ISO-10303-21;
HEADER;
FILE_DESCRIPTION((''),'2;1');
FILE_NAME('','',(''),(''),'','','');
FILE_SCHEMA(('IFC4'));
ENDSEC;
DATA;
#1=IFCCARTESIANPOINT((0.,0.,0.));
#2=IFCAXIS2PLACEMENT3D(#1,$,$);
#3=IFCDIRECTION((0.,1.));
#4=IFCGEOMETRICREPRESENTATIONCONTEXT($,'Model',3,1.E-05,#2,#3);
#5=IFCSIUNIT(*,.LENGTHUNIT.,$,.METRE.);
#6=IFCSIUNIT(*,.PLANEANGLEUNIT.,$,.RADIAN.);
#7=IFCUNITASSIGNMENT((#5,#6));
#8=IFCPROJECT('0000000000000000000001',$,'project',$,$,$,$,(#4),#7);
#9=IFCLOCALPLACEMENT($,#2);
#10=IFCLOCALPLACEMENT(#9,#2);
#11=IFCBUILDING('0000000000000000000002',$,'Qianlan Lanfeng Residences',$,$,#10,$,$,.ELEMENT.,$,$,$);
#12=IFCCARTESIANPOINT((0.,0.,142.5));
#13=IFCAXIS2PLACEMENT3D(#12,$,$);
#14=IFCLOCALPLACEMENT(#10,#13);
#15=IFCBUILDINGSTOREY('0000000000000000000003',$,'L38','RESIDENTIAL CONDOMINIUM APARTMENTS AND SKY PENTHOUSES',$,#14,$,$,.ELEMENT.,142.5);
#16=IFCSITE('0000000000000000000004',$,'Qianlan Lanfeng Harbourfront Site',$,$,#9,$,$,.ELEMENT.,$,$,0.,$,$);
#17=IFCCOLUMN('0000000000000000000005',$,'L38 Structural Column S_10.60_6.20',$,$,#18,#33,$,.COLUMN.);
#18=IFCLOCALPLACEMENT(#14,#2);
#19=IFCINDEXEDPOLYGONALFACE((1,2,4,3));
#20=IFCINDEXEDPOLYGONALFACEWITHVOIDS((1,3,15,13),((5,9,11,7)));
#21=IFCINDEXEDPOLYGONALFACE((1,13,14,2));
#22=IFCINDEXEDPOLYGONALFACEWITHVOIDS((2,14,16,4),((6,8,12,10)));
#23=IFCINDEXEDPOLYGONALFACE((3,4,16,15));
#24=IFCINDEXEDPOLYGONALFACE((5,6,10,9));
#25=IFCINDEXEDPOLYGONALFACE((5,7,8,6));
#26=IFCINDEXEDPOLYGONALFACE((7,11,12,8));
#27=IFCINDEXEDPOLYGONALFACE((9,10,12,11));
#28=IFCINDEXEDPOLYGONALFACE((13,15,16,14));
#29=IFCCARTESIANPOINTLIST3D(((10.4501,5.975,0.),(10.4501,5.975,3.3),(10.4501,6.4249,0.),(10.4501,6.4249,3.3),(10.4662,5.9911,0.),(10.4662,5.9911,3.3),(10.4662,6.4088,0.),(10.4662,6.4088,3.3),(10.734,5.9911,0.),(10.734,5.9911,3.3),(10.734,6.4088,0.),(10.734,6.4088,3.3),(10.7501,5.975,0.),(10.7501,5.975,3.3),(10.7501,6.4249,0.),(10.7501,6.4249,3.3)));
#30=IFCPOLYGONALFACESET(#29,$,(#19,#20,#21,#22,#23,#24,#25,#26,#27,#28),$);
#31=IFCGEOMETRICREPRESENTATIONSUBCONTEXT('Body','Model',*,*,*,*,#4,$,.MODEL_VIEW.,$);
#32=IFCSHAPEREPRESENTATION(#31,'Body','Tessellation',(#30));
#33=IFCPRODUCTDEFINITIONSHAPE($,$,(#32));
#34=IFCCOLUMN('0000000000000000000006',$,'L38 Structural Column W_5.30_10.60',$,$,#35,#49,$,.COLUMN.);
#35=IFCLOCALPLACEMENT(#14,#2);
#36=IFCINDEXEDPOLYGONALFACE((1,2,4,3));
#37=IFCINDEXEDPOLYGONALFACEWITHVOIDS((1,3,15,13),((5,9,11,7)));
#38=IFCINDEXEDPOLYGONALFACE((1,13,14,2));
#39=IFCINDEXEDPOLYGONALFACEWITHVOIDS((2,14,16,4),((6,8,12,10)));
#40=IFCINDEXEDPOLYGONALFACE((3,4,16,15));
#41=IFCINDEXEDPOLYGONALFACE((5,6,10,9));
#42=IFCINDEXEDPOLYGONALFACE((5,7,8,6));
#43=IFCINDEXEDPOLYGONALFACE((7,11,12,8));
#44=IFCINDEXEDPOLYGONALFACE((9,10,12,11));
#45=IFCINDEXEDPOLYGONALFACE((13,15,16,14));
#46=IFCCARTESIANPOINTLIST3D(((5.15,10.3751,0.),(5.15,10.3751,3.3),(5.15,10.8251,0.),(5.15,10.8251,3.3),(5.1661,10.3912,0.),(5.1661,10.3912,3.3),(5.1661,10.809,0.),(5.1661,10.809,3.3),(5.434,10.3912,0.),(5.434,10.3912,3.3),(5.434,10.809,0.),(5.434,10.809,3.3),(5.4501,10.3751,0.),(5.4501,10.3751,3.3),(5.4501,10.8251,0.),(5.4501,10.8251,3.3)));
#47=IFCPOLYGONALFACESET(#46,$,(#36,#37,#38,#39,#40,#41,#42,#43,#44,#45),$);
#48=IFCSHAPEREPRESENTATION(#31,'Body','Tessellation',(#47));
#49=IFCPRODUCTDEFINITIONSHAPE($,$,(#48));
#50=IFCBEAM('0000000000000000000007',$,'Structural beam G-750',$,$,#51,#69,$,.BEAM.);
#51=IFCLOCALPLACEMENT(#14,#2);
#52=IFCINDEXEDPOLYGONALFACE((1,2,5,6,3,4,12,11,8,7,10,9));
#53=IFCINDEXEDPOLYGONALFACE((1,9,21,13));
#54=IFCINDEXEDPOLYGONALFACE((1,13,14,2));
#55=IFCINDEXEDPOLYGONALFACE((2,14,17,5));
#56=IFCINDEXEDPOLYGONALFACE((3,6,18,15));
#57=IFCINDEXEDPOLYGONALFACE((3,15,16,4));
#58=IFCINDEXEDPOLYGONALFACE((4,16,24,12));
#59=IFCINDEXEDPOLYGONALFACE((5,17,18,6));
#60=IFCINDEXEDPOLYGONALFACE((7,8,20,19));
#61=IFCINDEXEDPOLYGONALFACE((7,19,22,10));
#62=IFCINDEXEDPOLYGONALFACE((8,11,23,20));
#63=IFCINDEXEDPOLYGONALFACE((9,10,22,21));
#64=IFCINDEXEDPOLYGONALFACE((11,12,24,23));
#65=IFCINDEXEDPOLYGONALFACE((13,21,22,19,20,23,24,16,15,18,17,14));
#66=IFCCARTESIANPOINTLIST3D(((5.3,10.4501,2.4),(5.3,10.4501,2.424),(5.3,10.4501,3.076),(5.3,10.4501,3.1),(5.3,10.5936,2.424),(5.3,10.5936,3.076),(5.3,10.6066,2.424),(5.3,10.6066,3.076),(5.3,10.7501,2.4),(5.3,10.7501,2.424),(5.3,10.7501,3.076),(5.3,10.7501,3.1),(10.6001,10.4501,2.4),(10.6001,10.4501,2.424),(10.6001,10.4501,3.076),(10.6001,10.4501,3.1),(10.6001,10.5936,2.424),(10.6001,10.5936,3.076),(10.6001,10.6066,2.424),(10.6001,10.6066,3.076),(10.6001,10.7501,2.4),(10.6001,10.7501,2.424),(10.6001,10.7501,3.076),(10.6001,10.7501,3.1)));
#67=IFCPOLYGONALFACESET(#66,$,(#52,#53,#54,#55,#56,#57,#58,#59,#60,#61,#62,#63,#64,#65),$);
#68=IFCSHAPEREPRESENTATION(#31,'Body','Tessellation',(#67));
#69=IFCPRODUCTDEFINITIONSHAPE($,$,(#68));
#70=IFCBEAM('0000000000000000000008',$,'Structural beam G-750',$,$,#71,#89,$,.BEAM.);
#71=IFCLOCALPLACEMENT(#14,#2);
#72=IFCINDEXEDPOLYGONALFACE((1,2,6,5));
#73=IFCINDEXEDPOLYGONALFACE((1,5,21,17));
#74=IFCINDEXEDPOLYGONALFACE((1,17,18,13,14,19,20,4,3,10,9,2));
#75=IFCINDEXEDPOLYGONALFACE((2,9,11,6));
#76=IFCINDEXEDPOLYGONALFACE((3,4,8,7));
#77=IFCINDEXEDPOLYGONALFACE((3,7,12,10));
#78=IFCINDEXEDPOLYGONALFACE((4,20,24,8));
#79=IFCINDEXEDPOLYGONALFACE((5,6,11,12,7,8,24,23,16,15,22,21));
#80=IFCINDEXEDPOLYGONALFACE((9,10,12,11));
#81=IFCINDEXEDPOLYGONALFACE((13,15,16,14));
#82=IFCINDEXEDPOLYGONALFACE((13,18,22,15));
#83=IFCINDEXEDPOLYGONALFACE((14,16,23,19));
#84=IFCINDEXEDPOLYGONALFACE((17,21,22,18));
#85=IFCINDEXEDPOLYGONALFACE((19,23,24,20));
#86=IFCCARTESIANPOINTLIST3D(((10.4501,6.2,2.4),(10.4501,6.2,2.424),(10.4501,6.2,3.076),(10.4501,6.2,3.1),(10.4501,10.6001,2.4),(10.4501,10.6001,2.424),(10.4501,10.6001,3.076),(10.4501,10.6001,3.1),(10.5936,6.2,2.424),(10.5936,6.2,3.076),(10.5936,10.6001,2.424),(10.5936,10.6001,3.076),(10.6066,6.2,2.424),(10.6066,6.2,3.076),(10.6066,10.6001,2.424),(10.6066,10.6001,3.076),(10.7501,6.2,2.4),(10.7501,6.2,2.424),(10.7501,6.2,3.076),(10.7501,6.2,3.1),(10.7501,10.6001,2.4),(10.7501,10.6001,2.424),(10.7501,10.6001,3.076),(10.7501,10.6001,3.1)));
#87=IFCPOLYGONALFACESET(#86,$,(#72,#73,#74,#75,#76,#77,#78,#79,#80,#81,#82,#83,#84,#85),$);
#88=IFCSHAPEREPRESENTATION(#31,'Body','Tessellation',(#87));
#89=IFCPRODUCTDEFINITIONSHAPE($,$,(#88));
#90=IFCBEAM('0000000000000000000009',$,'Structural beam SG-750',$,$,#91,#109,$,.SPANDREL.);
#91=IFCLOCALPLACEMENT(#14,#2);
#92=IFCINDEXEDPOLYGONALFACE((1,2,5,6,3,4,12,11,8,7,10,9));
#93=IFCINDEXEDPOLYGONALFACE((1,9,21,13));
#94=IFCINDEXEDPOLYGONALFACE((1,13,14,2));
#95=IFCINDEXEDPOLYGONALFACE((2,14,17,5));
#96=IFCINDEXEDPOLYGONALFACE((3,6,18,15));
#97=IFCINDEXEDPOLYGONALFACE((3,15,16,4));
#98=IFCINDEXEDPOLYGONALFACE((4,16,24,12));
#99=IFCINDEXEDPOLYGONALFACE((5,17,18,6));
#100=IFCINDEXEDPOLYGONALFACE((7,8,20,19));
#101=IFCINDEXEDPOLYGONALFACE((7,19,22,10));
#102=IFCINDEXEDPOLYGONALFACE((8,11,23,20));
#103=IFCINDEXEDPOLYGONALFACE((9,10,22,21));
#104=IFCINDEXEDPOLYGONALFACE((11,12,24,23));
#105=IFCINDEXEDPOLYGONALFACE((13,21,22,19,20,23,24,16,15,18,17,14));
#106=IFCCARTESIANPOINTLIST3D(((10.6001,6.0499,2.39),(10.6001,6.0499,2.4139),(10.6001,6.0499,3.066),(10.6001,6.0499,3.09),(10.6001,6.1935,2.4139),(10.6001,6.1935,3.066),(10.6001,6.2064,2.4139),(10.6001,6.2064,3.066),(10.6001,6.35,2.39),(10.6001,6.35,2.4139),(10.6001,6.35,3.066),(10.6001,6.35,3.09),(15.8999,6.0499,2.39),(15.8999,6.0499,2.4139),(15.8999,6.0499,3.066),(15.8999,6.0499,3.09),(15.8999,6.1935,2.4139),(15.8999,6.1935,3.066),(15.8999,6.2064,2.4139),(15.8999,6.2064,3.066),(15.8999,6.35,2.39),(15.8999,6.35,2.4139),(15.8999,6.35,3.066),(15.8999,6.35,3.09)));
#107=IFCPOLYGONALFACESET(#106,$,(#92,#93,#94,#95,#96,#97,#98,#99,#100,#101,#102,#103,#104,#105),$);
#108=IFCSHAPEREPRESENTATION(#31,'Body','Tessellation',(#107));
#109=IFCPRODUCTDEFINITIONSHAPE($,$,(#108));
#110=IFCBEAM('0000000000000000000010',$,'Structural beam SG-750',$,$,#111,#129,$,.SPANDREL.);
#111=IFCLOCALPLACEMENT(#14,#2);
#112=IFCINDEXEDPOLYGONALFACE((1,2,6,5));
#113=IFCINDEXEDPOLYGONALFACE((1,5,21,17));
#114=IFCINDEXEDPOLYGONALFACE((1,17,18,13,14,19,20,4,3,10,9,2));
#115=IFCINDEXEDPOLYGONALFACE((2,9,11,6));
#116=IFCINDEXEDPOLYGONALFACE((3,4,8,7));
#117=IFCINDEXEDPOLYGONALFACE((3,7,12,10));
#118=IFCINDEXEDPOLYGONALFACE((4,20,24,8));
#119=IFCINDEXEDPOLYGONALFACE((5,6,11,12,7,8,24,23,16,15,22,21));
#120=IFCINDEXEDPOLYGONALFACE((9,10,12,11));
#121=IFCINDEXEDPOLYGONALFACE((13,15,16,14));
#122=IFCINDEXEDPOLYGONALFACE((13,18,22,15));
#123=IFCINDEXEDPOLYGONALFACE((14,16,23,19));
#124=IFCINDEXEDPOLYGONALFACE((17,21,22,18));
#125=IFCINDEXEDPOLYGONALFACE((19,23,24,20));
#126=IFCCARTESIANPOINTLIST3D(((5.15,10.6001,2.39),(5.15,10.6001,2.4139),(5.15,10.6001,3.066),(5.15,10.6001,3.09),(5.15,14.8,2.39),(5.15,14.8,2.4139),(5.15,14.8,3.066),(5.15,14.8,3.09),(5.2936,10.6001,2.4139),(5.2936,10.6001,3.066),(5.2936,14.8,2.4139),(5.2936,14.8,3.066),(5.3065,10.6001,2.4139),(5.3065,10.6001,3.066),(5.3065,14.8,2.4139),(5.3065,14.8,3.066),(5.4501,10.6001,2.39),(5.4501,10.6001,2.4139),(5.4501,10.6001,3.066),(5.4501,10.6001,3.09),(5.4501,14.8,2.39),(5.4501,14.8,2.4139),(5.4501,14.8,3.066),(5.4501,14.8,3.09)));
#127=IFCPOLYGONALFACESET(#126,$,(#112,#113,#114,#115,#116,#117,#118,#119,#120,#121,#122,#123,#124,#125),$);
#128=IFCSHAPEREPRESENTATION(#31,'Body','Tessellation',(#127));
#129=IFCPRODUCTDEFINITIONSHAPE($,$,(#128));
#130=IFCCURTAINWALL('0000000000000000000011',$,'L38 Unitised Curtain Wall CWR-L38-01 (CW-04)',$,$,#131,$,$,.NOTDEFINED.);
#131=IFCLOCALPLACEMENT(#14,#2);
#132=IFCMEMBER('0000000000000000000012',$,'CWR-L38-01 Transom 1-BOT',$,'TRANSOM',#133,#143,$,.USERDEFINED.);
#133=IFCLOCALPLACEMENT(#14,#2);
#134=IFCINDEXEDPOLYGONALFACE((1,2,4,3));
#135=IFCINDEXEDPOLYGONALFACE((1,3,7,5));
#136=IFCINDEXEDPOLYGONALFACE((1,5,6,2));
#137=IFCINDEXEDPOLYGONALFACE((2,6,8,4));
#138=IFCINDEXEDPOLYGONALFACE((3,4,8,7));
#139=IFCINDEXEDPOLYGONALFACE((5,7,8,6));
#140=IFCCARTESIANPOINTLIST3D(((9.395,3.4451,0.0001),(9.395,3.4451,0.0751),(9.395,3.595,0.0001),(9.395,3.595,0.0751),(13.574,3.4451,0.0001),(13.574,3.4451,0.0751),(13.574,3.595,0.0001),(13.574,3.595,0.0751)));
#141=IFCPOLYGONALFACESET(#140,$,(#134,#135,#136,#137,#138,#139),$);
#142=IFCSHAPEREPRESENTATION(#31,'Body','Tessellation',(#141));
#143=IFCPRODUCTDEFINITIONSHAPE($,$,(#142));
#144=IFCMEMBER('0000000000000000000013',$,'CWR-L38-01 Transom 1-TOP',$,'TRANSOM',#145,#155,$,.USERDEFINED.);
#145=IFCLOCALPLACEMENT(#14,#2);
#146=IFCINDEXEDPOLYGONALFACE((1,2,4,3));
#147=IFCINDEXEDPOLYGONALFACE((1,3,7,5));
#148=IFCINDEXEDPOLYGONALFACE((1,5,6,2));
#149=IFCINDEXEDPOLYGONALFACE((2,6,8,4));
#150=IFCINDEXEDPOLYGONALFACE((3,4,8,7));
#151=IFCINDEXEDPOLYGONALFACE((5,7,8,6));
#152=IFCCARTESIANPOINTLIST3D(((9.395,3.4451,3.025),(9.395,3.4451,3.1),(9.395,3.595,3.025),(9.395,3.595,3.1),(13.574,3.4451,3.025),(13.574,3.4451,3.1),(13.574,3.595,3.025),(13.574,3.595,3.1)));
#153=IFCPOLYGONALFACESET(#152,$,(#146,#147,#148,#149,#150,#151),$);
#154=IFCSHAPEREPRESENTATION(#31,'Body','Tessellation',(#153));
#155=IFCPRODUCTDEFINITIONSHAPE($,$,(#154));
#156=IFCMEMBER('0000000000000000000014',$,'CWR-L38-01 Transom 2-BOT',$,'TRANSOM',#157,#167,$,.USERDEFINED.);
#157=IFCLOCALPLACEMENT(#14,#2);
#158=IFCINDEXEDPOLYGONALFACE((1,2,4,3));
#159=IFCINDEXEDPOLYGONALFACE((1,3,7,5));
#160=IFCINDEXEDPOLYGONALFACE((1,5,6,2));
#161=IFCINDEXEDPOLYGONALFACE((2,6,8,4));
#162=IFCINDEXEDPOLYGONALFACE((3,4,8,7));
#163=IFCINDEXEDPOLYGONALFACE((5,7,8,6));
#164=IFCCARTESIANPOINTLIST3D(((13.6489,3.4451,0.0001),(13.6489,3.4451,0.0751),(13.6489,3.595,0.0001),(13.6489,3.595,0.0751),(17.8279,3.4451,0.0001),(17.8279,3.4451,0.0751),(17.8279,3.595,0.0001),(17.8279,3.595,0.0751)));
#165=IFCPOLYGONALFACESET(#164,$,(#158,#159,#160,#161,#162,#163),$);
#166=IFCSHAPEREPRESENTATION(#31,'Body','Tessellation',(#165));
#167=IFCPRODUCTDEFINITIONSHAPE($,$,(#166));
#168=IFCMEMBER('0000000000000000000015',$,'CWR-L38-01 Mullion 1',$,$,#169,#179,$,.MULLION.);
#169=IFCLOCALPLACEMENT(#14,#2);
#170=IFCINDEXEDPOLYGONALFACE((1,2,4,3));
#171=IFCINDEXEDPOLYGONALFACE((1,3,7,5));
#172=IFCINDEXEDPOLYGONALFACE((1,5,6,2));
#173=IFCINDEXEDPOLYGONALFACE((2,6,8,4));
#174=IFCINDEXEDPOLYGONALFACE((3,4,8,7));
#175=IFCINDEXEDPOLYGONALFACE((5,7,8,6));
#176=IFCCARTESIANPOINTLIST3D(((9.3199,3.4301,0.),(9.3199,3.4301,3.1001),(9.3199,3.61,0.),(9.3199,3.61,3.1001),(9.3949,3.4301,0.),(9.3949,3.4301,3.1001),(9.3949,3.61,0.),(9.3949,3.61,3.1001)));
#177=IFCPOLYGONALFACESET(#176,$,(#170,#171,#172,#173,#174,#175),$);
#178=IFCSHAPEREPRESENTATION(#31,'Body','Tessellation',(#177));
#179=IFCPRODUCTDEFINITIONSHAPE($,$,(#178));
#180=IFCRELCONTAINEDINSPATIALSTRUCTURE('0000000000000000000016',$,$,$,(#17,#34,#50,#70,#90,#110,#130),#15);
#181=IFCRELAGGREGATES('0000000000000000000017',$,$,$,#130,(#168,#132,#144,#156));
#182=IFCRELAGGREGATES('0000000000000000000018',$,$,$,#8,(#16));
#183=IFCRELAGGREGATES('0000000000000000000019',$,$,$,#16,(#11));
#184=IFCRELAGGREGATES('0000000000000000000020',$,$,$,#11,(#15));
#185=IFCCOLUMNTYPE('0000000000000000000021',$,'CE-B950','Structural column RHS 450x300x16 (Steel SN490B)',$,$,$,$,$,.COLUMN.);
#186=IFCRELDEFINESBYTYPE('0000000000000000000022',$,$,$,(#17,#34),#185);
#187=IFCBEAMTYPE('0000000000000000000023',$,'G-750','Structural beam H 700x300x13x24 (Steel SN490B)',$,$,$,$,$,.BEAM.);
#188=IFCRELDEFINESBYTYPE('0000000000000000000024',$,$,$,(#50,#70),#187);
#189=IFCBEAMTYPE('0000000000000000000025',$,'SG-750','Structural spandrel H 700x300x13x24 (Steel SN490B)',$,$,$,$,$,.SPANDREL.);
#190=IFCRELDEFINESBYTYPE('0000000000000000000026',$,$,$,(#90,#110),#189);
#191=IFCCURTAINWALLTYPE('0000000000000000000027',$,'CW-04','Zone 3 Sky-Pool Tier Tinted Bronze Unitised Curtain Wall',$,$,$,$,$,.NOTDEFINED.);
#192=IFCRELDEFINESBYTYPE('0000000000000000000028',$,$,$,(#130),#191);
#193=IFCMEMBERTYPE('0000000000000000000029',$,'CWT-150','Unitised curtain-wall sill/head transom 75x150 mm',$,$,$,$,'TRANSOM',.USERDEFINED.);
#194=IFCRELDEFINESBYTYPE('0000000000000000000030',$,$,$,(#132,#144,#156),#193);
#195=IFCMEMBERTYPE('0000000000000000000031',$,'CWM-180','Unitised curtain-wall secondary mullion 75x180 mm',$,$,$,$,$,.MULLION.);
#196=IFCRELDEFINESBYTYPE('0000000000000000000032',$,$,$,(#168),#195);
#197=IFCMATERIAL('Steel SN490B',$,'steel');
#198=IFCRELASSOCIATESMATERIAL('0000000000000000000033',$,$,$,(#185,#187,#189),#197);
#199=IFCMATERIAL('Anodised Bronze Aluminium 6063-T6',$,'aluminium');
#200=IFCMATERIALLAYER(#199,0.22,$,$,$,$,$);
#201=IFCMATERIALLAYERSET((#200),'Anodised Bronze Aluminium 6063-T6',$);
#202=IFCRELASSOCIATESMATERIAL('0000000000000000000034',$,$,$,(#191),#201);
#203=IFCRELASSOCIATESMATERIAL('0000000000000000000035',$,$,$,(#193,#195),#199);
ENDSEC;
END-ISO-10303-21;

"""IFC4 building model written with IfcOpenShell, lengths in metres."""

from ifc_helpers import new_model, si_unit, direction, frame, origin, origin_2d, place, context, subcontext, project, spatial, rectangle, hollow_rectangle, i_section, extrude, source, transform, mapped, material, layer, layer_set, material_profile, profile_set, type_object, element, aggregate, save


model = new_model("IFC4")

# Units and contexts
model_context = context("Model", 3, precision=1e-05, world=origin(), true_north=direction((0.0, 1.0)))
body_context = subcontext(model_context, "Body", "Model", "MODEL_VIEW")
ifc_project = project(units=[si_unit("LENGTHUNIT", "METRE"), si_unit("PLANEANGLEUNIT", "RADIAN")], contexts=[model_context])

# Site, building, storey
site_placement = place(None, origin())
site = spatial("IfcSite", under=ifc_project, at=site_placement, Name="Qianlan Lanfeng Harbourfront Site", CompositionType="ELEMENT", RefElevation=0.0)
building_placement = place(site_placement, origin())
building = spatial("IfcBuilding", under=site, at=building_placement, Name="Qianlan Lanfeng Residences", CompositionType="ELEMENT")
storey_placement = place(building_placement, frame((0.0, 0.0, 142.5)))
storey = spatial("IfcBuildingStorey", under=building, at=storey_placement, Name="L38", Description="RESIDENTIAL CONDOMINIUM APARTMENTS AND SKY PENTHOUSES", CompositionType="ELEMENT", Elevation=142.5)

# Columns
ifc_material_1 = material(Name="Steel SN490B", Category="steel")
ifc_material_profile_1 = material_profile(ifc_material_1, hollow_rectangle(XDim=0.3, YDim=0.45, WallThickness=0.0161, at=origin_2d()), Name="RHS 450x300x16")
ifc_profile_set_1 = profile_set([ifc_material_profile_1], Name="Steel SN490B")
column_type = type_object("IfcColumnType", Name="CE-B950", Description="Structural column RHS 450x300x16 (Steel SN490B)", PredefinedType="COLUMN", material=ifc_profile_set_1)
for number, where, z_axis, x_axis, name in (
    (1, (10.6001, 6.2, 0.0), (0.0, 0.0, 1.0), (1.0, 0.0, 0.0), "L38 Structural Column S_10.60_6.20"),
    (2, (5.3, 10.6001, 0.0), (0.0, 0.0, 1.0), (1.0, 0.0, 0.0), "L38 Structural Column W_5.30_10.60"),
):
    element("IfcColumn", number, at=place(storey_placement, frame(where, z_axis=z_axis, x_axis=x_axis)), inside=storey, type_object=column_type, Name=name, PredefinedType="COLUMN", context=body_context, shape_type="SweptSolid", body=[
        extrude(hollow_rectangle(XDim=0.3, YDim=0.45, WallThickness=0.0161, at=origin_2d()), origin(), (0.0, 0.0, 1.0), 3.3),
    ])

# Beams
ifc_material_profile_2 = material_profile(ifc_material_1, i_section(OverallWidth=0.3, OverallDepth=0.7, WebThickness=0.0129, FlangeThickness=0.0239, at=origin_2d()), Name="H 700x300x13x24")
ifc_profile_set_2 = profile_set([ifc_material_profile_2], Name="Steel SN490B")
beam_type_1 = type_object("IfcBeamType", Name="G-750", Description="Structural beam H 700x300x13x24 (Steel SN490B)", PredefinedType="BEAM", material=ifc_profile_set_2)
beam_1_placement = place(storey_placement, frame((5.3, 10.6001, 2.75), z_axis=(1.0, 0.0, 0.0), x_axis=(0.0, 1.0, 0.0)))
element("IfcBeam", 3, at=beam_1_placement, inside=storey, type_object=beam_type_1, Name="Structural beam G-750", PredefinedType="BEAM", context=body_context, shape_type="SweptSolid", body=[
    extrude(i_section(OverallWidth=0.3, OverallDepth=0.7, WebThickness=0.0129, FlangeThickness=0.0239, at=origin_2d()), origin(), (0.0, 0.0, 1.0), 5.3),
])
beam_2_placement = place(storey_placement, frame((10.6001, 6.2, 2.75), z_axis=(0.0, 1.0, 0.0), x_axis=(-1.0, 0.0, 0.0)))
element("IfcBeam", 4, at=beam_2_placement, inside=storey, type_object=beam_type_1, Name="Structural beam G-750", PredefinedType="BEAM", context=body_context, shape_type="SweptSolid", body=[
    extrude(i_section(OverallWidth=0.3, OverallDepth=0.7, WebThickness=0.0129, FlangeThickness=0.0239, at=origin_2d()), origin(), (0.0, 0.0, 1.0), 4.4001),
])
ifc_material_profile_3 = material_profile(ifc_material_1, i_section(OverallWidth=0.3, OverallDepth=0.7, WebThickness=0.0129, FlangeThickness=0.0239, at=origin_2d()), Name="H 700x300x13x24")
ifc_profile_set_3 = profile_set([ifc_material_profile_3], Name="Steel SN490B")
beam_type_2 = type_object("IfcBeamType", Name="SG-750", Description="Structural spandrel H 700x300x13x24 (Steel SN490B)", PredefinedType="SPANDREL", material=ifc_profile_set_3)
beam_3_placement = place(storey_placement, frame((10.6001, 6.2, 2.74), z_axis=(1.0, 0.0, 0.0), x_axis=(0.0, 1.0, 0.0)))
element("IfcBeam", 5, at=beam_3_placement, inside=storey, type_object=beam_type_2, Name="Structural beam SG-750", PredefinedType="SPANDREL", context=body_context, shape_type="SweptSolid", body=[
    extrude(i_section(OverallWidth=0.3, OverallDepth=0.7, WebThickness=0.0129, FlangeThickness=0.0239, at=origin_2d()), origin(), (0.0, 0.0, 1.0), 5.2998),
])
beam_4_placement = place(storey_placement, frame((5.3, 10.6001, 2.74), z_axis=(0.0, 1.0, 0.0), x_axis=(-1.0, 0.0, 0.0)))
element("IfcBeam", 6, at=beam_4_placement, inside=storey, type_object=beam_type_2, Name="Structural beam SG-750", PredefinedType="SPANDREL", context=body_context, shape_type="SweptSolid", body=[
    extrude(i_section(OverallWidth=0.3, OverallDepth=0.7, WebThickness=0.0129, FlangeThickness=0.0239, at=origin_2d()), origin(), (0.0, 0.0, 1.0), 4.2),
])

# Curtain wall, members
ifc_material_2 = material(Name="Anodised Bronze Aluminium 6063-T6", Category="aluminium")
ifc_layer_1 = layer(ifc_material_2, 0.22)
ifc_layer_set_1 = layer_set([ifc_layer_1], Name="Anodised Bronze Aluminium 6063-T6")
curtain_wall_type = type_object("IfcCurtainWallType", Name="CW-04", Description="Zone 3 Sky-Pool Tier Tinted Bronze Unitised Curtain Wall", PredefinedType="NOTDEFINED", material=ifc_layer_set_1)
curtain_wall_placement = place(storey_placement, origin())
curtain_wall = element("IfcCurtainWall", 7, at=curtain_wall_placement, inside=storey, type_object=curtain_wall_type, Name="L38 Unitised Curtain Wall CWR-L38-01 (CW-04)", PredefinedType="NOTDEFINED")
ifc_material_profile_4 = material_profile(ifc_material_2, rectangle(XDim=0.075, YDim=0.1499, at=origin_2d()), Name="ALU TRANSOM 75x150")
ifc_profile_set_4 = profile_set([ifc_material_profile_4], Name="Anodised Bronze Aluminium 6063-T6")
member_type_1 = type_object("IfcMemberType", Name="CWT-150", Description="Unitised curtain-wall sill/head transom 75x150 mm", ElementType="TRANSOM", PredefinedType="USERDEFINED", material=ifc_profile_set_4)
shared_shape_1 = source(origin(), body_context, "Body", "SweptSolid", [
    extrude(rectangle(XDim=0.075, YDim=0.1499, at=origin_2d()), origin(), (0.0, 0.0, 1.0), 4.179),
])
member_1_placement = place(storey_placement, frame((9.395, 3.52, 0.0376), z_axis=(1.0, 0.0, 0.0), x_axis=(0.0, 0.0, 1.0)))
member_1 = element("IfcMember", 8, at=member_1_placement, type_object=member_type_1, Name="CWR-L38-01 Transom 1-BOT", ObjectType="TRANSOM", PredefinedType="USERDEFINED", context=body_context, shape_type="MappedRepresentation", body=[
    mapped(shared_shape_1, transform((0.0, 0.0, 0.0), scale=1.0)),
])
member_2_placement = place(storey_placement, frame((9.395, 3.52, 3.0625), z_axis=(1.0, 0.0, 0.0), x_axis=(0.0, 0.0, 1.0)))
member_2 = element("IfcMember", 9, at=member_2_placement, type_object=member_type_1, Name="CWR-L38-01 Transom 1-TOP", ObjectType="TRANSOM", PredefinedType="USERDEFINED", context=body_context, shape_type="MappedRepresentation", body=[
    mapped(shared_shape_1, transform((0.0, 0.0, 0.0), scale=1.0)),
])
member_3_placement = place(storey_placement, frame((13.6489, 3.52, 0.0376), z_axis=(1.0, 0.0, 0.0), x_axis=(0.0, 0.0, 1.0)))
member_3 = element("IfcMember", 10, at=member_3_placement, type_object=member_type_1, Name="CWR-L38-01 Transom 2-BOT", ObjectType="TRANSOM", PredefinedType="USERDEFINED", context=body_context, shape_type="MappedRepresentation", body=[
    mapped(shared_shape_1, transform((0.0, 0.0, 0.0), scale=1.0)),
])
ifc_material_profile_5 = material_profile(ifc_material_2, rectangle(XDim=0.075, YDim=0.1799, at=origin_2d()), Name="ALU MULLION 75x180")
ifc_profile_set_5 = profile_set([ifc_material_profile_5], Name="Anodised Bronze Aluminium 6063-T6")
member_type_2 = type_object("IfcMemberType", Name="CWM-180", Description="Unitised curtain-wall secondary mullion 75x180 mm", PredefinedType="MULLION", material=ifc_profile_set_5)
shared_shape_2 = source(origin(), body_context, "Body", "SweptSolid", [
    extrude(rectangle(XDim=0.075, YDim=0.1799, at=origin_2d()), origin(), (0.0, 0.0, 1.0), 3.1001),
])
member_4_placement = place(storey_placement, frame((9.3574, 3.52, 0.0), z_axis=(0.0, 0.0, 1.0), x_axis=(1.0, 0.0, 0.0)))
member_4 = element("IfcMember", 11, at=member_4_placement, type_object=member_type_2, Name="CWR-L38-01 Mullion 1", PredefinedType="MULLION", context=body_context, shape_type="MappedRepresentation", body=[
    mapped(shared_shape_2, transform((0.0, 0.0, 0.0), scale=1.0)),
])
aggregate(curtain_wall, [member_4, member_1, member_2, member_3])

save(model, "model.ifc")
